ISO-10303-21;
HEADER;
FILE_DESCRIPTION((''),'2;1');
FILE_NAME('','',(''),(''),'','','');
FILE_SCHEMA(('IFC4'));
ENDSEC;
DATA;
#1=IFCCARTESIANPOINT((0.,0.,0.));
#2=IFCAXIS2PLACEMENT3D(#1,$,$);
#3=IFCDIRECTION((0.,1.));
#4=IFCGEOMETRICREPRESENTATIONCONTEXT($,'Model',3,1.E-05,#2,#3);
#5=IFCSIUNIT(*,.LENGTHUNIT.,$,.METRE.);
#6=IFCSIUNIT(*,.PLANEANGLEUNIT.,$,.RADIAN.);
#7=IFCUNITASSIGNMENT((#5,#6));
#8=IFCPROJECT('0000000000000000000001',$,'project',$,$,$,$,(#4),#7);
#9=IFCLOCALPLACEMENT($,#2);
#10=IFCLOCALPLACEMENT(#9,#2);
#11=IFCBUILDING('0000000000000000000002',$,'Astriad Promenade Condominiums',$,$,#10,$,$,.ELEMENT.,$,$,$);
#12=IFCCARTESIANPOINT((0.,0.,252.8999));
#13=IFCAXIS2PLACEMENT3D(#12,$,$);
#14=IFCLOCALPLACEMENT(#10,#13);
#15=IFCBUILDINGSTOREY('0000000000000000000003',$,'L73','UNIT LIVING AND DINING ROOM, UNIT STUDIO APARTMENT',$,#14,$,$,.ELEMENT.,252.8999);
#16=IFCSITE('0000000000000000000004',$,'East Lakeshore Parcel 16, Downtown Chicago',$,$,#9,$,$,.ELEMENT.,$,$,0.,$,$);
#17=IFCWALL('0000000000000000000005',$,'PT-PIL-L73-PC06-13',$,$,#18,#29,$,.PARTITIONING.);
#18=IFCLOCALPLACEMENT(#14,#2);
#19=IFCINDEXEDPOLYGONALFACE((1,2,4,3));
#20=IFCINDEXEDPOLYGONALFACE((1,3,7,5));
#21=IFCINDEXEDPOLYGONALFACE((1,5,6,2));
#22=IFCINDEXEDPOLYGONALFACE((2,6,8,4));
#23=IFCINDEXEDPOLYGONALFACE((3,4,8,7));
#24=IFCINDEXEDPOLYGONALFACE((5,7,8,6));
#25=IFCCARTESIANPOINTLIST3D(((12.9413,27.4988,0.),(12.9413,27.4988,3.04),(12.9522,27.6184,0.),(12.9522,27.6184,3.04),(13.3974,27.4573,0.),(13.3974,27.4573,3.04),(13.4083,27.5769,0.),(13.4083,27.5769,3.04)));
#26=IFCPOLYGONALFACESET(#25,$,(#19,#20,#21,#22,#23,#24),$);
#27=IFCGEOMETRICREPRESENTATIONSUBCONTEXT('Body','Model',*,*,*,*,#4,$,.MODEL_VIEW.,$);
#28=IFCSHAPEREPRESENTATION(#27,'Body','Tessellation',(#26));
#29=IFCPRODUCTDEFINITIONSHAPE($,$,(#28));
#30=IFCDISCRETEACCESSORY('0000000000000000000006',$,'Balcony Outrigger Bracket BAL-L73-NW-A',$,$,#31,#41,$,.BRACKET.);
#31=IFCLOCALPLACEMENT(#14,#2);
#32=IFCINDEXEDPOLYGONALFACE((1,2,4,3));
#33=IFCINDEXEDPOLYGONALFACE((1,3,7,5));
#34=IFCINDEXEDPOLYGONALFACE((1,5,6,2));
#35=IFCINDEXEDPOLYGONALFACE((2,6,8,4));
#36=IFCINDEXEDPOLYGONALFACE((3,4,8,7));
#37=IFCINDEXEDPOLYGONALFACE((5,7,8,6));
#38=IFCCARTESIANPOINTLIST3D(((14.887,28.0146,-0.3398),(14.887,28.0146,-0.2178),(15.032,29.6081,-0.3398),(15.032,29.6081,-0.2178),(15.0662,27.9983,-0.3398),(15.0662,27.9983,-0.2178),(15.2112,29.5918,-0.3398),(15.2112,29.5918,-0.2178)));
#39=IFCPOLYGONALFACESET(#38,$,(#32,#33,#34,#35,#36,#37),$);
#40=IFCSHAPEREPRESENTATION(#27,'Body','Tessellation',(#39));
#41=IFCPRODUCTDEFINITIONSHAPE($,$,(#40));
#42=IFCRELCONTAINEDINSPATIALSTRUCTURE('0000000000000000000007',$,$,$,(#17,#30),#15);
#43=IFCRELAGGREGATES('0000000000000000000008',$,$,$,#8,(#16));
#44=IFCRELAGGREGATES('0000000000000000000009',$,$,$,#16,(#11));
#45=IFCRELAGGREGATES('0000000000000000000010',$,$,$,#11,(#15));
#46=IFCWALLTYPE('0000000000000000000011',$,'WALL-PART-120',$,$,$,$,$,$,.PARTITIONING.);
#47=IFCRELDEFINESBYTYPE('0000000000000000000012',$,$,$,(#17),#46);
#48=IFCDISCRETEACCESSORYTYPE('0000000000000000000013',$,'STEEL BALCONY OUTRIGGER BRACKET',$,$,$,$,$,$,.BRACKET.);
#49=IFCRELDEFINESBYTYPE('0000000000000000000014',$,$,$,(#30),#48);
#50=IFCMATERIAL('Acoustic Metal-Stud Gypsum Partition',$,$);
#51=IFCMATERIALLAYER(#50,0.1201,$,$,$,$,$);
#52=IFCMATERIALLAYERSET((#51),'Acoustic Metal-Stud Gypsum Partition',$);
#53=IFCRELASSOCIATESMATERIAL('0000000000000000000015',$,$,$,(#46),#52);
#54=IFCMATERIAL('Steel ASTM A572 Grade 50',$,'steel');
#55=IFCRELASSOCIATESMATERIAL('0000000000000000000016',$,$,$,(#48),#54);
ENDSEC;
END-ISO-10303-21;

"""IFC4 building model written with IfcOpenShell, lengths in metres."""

from ifc_helpers import new_model, si_unit, direction, frame, frame_2d, origin, origin_2d, place, context, subcontext, project, spatial, rectangle, extrude, source, transform, mapped, material, layer, layer_set, type_object, type_shapes, element, save


model = new_model("IFC4")

# Units and contexts
model_context = context("Model", 3, precision=1e-05, world=origin(), true_north=direction((0.0, 1.0)))
body_context = subcontext(model_context, "Body", "Model", "MODEL_VIEW")
ifc_project = project(units=[si_unit("LENGTHUNIT", "METRE"), si_unit("PLANEANGLEUNIT", "RADIAN")], contexts=[model_context])

# Site, building, storey
site_placement = place(None, origin())
site = spatial("IfcSite", under=ifc_project, at=site_placement, Name="East Lakeshore Parcel 16, Downtown Chicago", CompositionType="ELEMENT", RefElevation=0.0)
building_placement = place(site_placement, origin())
building = spatial("IfcBuilding", under=site, at=building_placement, Name="Astriad Promenade Condominiums", CompositionType="ELEMENT")
storey_placement = place(building_placement, frame((0.0, 0.0, 252.8999)))
storey = spatial("IfcBuildingStorey", under=building, at=storey_placement, Name="L73", Description="UNIT LIVING AND DINING ROOM, UNIT STUDIO APARTMENT", CompositionType="ELEMENT", Elevation=252.8999)

# Shared definitions
ifc_material_1 = material(Name="Acoustic Metal-Stud Gypsum Partition")
ifc_layer_1 = layer(ifc_material_1, 0.1201)
ifc_layer_set_1 = layer_set([ifc_layer_1], Name="Acoustic Metal-Stud Gypsum Partition")
wall_type_1 = type_object("IfcWallType", Name="WALL-PART-120", PredefinedType="PARTITIONING", material=ifc_layer_set_1)

# Wall
wall_1_placement = place(storey_placement, frame((13.4028, 27.5171, 0.0), z_axis=(0.0, 0.0, 1.0), x_axis=(-0.995884, 0.090632, 0.0)))
element("IfcWall", 1, at=wall_1_placement, inside=storey, type_object=wall_type_1, Name="PT-PIL-L73-PC06-13", PredefinedType="PARTITIONING", context=body_context, shape_type="SweptSolid", body=[
    extrude(rectangle(XDim=0.458, YDim=0.1201, at=frame_2d((0.229, 0.0))), origin(), (0.0, 0.0, 1.0), 3.04),
])

# Discrete accessory
ifc_material_2 = material(Name="Steel ASTM A572 Grade 50", Category="steel")
discrete_accessory_type = type_object("IfcDiscreteAccessoryType", Name="STEEL BALCONY OUTRIGGER BRACKET", PredefinedType="BRACKET", material=ifc_material_2)
shared_shape_1 = source(origin(), body_context, "Body", "SweptSolid", [
    extrude(rectangle(XDim=1.6001, YDim=0.1799, at=origin_2d()), origin(), (0.0, 0.0, 1.0), 0.1221),
])
type_shapes(discrete_accessory_type, [shared_shape_1])
discrete_accessory_placement = place(storey_placement, frame((15.0491, 28.8032, -0.3398), z_axis=(0.0, 0.0, 1.0), x_axis=(0.090633, 0.995884, 0.0)))
element("IfcDiscreteAccessory", 2, at=discrete_accessory_placement, inside=storey, type_object=discrete_accessory_type, Name="Balcony Outrigger Bracket BAL-L73-NW-A", PredefinedType="BRACKET", context=body_context, shape_type="MappedRepresentation", body=[
    mapped(shared_shape_1, transform((0.0, 0.0, 0.0), scale=1.0)),
])

save(model, "model.ifc")
